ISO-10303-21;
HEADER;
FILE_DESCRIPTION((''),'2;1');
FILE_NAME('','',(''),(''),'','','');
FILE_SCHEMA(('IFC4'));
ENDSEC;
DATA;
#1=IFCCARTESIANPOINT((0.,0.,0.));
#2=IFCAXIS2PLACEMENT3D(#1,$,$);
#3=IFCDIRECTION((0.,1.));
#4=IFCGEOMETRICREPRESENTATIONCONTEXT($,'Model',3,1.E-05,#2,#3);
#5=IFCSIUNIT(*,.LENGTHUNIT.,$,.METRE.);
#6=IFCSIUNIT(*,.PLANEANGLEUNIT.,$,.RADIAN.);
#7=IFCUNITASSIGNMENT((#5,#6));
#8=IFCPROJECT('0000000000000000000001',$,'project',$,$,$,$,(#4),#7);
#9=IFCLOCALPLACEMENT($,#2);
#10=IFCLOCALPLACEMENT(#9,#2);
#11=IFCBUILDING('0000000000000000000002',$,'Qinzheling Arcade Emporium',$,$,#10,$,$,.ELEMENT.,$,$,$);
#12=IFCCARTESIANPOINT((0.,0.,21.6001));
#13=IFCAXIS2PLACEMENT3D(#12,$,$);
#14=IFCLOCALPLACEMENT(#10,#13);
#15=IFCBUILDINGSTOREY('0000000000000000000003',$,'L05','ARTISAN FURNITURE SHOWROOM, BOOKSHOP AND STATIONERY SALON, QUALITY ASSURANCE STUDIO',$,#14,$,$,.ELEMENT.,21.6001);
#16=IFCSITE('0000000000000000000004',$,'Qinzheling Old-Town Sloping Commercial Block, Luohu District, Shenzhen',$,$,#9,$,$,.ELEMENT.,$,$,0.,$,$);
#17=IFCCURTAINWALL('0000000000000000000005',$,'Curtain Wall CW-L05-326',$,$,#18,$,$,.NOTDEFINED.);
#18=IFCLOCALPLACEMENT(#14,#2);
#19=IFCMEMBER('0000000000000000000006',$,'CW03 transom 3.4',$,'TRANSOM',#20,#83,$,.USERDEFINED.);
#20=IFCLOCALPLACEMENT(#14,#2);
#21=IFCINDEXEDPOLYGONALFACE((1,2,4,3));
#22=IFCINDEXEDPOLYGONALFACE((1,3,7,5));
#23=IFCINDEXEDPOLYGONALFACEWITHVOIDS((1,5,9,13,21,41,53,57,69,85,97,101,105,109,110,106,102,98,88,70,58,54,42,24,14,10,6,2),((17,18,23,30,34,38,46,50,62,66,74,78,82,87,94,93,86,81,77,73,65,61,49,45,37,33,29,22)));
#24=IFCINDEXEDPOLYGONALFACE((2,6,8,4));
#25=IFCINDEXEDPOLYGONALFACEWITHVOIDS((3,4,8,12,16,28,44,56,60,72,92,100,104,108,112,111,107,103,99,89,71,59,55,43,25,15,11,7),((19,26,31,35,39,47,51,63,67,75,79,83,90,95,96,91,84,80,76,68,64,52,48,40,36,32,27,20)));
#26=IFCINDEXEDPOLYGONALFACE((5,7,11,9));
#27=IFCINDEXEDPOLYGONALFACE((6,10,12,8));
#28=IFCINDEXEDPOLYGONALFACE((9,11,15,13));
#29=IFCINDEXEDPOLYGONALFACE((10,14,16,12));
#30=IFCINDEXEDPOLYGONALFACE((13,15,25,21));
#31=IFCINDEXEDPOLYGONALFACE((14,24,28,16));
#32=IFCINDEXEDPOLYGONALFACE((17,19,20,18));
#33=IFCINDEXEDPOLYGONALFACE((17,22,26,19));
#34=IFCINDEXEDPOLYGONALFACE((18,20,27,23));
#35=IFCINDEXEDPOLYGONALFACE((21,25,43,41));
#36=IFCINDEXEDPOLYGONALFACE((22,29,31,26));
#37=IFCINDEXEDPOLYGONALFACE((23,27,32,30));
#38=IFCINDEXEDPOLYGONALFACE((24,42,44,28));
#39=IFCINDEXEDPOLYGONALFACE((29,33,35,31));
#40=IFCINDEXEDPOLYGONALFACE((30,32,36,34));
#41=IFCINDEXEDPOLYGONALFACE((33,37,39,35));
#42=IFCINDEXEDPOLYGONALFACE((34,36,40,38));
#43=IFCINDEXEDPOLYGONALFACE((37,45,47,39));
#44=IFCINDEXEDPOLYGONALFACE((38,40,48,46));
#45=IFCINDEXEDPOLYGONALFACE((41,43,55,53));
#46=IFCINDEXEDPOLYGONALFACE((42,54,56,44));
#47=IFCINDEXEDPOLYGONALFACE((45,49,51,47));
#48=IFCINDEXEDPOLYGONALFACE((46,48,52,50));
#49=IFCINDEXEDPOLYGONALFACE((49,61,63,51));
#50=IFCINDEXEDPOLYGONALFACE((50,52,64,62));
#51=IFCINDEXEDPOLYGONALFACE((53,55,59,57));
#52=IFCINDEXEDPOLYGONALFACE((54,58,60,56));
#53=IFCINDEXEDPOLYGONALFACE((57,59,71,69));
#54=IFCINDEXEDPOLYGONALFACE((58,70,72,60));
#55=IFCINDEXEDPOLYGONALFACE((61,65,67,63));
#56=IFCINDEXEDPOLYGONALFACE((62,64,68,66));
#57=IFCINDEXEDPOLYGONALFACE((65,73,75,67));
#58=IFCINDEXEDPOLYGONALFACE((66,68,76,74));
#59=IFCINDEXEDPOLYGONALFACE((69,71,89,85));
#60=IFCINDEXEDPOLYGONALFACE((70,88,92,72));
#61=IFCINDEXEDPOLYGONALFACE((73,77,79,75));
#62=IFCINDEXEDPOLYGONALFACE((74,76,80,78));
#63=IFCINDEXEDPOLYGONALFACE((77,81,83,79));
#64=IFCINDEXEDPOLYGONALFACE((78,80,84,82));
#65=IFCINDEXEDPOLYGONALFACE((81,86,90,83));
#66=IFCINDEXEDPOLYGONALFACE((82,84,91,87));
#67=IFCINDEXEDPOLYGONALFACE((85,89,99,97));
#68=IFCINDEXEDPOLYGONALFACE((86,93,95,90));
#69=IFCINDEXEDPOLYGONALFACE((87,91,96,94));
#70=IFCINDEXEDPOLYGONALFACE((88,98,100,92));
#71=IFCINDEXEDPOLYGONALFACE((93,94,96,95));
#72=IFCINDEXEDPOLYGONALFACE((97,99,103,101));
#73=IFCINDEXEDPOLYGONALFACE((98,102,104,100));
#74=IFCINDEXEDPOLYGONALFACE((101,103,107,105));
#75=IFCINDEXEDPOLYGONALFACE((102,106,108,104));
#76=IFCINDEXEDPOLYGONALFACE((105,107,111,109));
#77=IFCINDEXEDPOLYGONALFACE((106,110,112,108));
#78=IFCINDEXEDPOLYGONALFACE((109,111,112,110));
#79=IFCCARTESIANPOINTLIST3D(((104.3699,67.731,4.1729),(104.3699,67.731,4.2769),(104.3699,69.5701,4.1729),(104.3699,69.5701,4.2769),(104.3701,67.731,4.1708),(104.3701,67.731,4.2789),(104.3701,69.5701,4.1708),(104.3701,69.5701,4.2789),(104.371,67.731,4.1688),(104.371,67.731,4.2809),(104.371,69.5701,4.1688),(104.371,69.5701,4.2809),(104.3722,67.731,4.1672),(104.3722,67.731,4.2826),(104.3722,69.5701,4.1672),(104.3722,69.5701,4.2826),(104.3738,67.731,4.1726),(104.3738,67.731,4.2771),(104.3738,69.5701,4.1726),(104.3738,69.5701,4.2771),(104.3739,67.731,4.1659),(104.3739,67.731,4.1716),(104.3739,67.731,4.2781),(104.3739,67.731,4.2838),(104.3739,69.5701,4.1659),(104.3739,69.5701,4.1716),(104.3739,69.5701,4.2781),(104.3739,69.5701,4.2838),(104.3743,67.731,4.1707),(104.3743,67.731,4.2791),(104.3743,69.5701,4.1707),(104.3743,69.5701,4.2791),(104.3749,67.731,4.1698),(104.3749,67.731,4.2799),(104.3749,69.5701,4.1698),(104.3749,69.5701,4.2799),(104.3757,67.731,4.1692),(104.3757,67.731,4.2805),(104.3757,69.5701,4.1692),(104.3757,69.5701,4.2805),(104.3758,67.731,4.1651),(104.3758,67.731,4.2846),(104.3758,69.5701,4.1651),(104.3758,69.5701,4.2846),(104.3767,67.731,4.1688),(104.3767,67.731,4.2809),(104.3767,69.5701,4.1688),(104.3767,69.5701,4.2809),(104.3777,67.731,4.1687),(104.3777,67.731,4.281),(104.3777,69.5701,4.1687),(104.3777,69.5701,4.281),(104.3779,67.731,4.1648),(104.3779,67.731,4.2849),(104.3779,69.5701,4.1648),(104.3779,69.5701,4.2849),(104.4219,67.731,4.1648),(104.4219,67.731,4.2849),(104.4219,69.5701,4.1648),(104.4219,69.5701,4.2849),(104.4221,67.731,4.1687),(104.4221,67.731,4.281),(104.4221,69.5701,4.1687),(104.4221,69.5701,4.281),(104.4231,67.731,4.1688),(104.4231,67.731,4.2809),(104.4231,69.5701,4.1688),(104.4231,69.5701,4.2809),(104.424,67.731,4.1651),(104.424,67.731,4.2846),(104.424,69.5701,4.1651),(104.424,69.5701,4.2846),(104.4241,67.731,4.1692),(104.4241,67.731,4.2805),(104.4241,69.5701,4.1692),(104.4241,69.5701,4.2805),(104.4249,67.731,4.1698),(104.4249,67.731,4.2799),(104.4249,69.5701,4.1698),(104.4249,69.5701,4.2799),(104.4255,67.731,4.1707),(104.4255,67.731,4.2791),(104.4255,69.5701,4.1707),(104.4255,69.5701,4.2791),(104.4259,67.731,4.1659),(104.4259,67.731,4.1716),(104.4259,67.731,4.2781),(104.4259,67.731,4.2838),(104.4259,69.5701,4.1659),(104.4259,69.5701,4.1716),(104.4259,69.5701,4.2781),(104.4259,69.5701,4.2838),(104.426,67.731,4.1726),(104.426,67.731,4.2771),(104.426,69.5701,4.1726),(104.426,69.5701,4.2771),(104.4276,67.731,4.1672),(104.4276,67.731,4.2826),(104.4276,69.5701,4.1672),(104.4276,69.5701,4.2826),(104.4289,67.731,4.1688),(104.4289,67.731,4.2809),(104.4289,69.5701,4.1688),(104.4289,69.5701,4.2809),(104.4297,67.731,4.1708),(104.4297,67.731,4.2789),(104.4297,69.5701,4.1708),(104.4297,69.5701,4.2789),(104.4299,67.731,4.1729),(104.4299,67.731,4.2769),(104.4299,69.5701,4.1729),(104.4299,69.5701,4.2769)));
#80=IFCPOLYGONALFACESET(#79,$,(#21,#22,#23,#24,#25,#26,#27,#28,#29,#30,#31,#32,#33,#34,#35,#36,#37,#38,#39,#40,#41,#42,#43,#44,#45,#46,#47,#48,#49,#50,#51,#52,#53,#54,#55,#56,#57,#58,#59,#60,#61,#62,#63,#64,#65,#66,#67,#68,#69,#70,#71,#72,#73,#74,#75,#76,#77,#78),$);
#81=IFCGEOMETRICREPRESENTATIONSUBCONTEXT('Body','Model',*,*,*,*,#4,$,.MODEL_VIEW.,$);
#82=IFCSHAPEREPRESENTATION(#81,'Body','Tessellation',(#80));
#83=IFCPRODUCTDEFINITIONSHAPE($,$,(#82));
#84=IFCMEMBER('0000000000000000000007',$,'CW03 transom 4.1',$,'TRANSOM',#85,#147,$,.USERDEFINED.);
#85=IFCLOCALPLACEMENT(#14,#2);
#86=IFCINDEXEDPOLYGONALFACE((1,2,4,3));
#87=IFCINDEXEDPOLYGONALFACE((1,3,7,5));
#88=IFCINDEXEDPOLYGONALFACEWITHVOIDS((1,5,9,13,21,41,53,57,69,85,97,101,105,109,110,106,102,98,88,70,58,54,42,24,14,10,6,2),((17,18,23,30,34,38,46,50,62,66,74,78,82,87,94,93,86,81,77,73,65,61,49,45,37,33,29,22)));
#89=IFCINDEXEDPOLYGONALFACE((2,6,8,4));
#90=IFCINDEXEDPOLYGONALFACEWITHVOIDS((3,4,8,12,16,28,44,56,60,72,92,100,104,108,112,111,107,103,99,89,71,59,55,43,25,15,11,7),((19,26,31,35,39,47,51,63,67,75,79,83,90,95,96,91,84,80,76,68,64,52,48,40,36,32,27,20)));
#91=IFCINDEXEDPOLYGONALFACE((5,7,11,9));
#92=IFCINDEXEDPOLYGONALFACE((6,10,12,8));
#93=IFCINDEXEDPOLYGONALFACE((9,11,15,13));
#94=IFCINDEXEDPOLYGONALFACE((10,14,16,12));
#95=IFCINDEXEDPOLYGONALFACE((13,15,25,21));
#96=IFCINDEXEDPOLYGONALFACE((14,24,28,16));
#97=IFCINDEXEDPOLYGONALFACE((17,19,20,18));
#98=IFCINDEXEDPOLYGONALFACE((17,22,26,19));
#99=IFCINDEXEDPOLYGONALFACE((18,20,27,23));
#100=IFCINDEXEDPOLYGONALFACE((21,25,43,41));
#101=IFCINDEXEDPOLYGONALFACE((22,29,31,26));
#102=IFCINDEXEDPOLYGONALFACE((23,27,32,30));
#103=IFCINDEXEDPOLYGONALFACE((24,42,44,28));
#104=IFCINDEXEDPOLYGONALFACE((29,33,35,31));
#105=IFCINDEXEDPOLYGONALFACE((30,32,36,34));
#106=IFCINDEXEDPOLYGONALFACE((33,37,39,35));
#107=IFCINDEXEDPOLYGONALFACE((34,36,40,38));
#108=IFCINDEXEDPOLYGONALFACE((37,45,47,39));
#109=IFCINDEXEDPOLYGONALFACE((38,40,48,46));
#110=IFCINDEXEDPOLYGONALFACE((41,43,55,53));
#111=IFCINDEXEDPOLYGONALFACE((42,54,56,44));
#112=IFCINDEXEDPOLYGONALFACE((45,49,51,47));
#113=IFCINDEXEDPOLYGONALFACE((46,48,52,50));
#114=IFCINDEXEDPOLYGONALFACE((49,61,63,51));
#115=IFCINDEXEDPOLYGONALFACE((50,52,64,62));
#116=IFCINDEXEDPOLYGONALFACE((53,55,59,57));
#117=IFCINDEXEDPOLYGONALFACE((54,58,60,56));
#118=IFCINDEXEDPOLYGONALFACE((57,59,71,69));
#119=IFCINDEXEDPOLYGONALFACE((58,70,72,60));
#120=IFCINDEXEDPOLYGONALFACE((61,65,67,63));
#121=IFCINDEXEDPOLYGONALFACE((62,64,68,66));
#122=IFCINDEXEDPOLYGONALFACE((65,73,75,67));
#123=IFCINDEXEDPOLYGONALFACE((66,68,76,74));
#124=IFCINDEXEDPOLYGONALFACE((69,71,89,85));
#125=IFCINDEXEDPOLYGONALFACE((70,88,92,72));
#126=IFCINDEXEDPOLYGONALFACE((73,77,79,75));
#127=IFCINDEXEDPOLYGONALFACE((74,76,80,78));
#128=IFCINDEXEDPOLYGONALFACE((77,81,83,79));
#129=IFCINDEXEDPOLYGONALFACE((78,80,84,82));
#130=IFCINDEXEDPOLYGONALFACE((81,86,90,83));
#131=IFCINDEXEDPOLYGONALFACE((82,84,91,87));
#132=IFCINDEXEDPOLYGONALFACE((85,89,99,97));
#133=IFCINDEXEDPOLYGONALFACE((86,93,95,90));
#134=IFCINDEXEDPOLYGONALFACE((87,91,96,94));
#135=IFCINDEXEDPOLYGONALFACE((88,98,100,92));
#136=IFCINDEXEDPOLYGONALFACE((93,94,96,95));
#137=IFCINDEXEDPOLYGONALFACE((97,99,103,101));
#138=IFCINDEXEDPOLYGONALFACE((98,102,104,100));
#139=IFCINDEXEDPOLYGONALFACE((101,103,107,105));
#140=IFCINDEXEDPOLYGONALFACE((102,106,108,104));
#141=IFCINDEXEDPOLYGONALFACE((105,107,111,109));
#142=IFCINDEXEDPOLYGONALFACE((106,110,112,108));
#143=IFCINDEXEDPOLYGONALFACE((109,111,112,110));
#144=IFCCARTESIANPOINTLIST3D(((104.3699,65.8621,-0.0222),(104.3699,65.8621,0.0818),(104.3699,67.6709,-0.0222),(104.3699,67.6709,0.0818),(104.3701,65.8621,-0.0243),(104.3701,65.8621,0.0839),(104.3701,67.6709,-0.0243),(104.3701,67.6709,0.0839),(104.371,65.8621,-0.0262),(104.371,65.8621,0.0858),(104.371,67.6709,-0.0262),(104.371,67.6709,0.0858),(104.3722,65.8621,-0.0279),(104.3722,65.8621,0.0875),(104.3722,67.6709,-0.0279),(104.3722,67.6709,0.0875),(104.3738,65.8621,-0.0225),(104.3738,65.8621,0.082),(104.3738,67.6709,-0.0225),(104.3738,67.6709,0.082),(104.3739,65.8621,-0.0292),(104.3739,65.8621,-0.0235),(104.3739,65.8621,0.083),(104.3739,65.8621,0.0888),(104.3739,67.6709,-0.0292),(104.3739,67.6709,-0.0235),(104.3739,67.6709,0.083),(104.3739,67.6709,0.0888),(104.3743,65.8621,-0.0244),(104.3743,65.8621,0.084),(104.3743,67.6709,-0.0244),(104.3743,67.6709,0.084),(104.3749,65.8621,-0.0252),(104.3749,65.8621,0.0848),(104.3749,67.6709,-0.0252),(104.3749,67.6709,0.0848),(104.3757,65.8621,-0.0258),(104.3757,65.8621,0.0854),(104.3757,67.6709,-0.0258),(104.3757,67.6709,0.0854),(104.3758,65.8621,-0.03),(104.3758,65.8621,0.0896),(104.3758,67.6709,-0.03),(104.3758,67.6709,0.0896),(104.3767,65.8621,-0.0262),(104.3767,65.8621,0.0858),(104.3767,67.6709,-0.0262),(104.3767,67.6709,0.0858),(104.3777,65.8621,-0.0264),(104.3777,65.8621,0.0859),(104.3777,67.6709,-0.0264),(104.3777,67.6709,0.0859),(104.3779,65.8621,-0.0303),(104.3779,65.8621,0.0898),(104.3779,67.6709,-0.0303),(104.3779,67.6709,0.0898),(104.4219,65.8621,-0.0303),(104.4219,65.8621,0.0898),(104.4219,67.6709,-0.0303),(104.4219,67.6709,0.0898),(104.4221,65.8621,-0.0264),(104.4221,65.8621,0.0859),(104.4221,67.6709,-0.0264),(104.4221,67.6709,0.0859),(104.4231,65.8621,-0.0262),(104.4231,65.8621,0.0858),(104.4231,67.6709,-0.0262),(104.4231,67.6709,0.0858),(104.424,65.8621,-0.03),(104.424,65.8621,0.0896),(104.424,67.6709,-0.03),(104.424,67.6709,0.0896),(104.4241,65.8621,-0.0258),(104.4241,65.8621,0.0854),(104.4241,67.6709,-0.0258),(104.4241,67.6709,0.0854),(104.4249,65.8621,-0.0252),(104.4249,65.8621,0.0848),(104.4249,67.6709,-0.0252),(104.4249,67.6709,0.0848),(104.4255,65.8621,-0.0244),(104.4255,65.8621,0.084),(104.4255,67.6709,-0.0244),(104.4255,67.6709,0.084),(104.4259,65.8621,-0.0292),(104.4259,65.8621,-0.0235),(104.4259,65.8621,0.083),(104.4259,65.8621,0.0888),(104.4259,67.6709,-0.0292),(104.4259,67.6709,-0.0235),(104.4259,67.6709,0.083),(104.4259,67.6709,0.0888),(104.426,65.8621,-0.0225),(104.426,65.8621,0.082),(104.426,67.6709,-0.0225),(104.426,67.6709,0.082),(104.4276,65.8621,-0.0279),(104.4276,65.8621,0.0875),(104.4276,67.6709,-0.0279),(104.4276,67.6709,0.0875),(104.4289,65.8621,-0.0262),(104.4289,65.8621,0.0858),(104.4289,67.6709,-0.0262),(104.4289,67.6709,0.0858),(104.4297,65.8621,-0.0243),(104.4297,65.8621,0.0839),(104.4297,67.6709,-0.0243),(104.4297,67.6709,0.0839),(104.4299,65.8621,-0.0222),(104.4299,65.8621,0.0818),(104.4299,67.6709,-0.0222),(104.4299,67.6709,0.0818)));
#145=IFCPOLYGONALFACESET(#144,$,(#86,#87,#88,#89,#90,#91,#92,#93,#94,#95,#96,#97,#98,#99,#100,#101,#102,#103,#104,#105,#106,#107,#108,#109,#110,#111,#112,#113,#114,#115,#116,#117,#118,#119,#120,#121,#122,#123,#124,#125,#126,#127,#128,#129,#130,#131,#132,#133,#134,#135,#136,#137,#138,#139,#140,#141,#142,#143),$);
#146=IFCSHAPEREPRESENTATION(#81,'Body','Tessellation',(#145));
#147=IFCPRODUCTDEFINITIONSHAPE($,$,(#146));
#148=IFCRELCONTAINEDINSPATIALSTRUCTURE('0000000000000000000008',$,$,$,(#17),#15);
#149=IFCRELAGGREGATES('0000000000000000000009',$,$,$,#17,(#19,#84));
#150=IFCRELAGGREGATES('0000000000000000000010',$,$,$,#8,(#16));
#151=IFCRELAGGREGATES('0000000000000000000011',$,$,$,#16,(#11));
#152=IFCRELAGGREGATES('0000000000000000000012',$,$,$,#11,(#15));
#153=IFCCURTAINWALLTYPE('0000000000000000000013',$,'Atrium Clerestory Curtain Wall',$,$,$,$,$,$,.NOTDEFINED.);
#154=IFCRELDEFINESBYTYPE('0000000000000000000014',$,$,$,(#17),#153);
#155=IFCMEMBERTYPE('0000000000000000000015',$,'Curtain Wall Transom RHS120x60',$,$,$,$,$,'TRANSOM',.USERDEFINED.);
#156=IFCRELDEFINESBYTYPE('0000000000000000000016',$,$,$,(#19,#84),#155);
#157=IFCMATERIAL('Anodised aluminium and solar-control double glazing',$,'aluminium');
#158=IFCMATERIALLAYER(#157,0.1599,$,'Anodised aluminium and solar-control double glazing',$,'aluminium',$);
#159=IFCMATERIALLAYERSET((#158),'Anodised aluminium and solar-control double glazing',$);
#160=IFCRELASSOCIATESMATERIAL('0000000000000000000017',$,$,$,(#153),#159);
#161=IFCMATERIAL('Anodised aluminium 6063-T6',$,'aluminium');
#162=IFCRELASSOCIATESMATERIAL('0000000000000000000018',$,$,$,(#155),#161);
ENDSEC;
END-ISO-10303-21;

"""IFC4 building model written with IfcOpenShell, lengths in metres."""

from ifc_helpers import new_model, si_unit, direction, frame, origin, origin_2d, place, context, subcontext, project, spatial, hollow_rectangle, extrude, material, layer, layer_set, material_profile, profile_set, type_object, element, aggregate, save


model = new_model("IFC4")

# Units and contexts
model_context = context("Model", 3, precision=1e-05, world=origin(), true_north=direction((0.0, 1.0)))
body_context = subcontext(model_context, "Body", "Model", "MODEL_VIEW")
ifc_project = project(units=[si_unit("LENGTHUNIT", "METRE"), si_unit("PLANEANGLEUNIT", "RADIAN")], contexts=[model_context])

# Site, building, storey
site_placement = place(None, origin())
site = spatial("IfcSite", under=ifc_project, at=site_placement, Name="Qinzheling Old-Town Sloping Commercial Block, Luohu District, Shenzhen", CompositionType="ELEMENT", RefElevation=0.0)
building_placement = place(site_placement, origin())
building = spatial("IfcBuilding", under=site, at=building_placement, Name="Qinzheling Arcade Emporium", CompositionType="ELEMENT")
storey_placement = place(building_placement, frame((0.0, 0.0, 21.6001)))
storey = spatial("IfcBuildingStorey", under=building, at=storey_placement, Name="L05", Description="ARTISAN FURNITURE SHOWROOM, BOOKSHOP AND STATIONERY SALON, QUALITY ASSURANCE STUDIO", CompositionType="ELEMENT", Elevation=21.6001)

# Curtain wall, members
ifc_material_1 = material(Name="Anodised aluminium and solar-control double glazing", Category="aluminium")
ifc_layer_1 = layer(ifc_material_1, 0.1599, Name="Anodised aluminium and solar-control double glazing", Category="aluminium")
ifc_layer_set_1 = layer_set([ifc_layer_1], Name="Anodised aluminium and solar-control double glazing")
curtain_wall_type = type_object("IfcCurtainWallType", Name="Atrium Clerestory Curtain Wall", PredefinedType="NOTDEFINED", material=ifc_layer_set_1)
curtain_wall_placement = place(storey_placement, origin())
curtain_wall = element("IfcCurtainWall", 1, at=curtain_wall_placement, inside=storey, type_object=curtain_wall_type, Name="Curtain Wall CW-L05-326", PredefinedType="NOTDEFINED")
ifc_material_2 = material(Name="Anodised aluminium 6063-T6", Category="aluminium")
ifc_material_profile_1 = material_profile(ifc_material_2, hollow_rectangle(XDim=0.0601, YDim=0.1201, WallThickness=0.0039, InnerFilletRadius=0.0039, OuterFilletRadius=0.0081, at=origin_2d()), Name="RHS 120x60x4", Category="aluminium")
ifc_profile_set_1 = profile_set([ifc_material_profile_1], Name="Anodised aluminium 6063-T6")
member_type_1 = type_object("IfcMemberType", Name="Curtain Wall Transom RHS120x60", ElementType="TRANSOM", PredefinedType="USERDEFINED", material=ifc_profile_set_1)
member_1_placement = place(storey_placement, frame((104.3999, 69.5701, 4.2249), z_axis=(0.0, -1.0, 0.0), x_axis=(1.0, 0.0, 0.0)))
member_1 = element("IfcMember", 2, at=member_1_placement, type_object=member_type_1, Name="CW03 transom 3.4", ObjectType="TRANSOM", PredefinedType="USERDEFINED", context=body_context, shape_type="SweptSolid", body=[
    extrude(hollow_rectangle(XDim=0.0601, YDim=0.1201, WallThickness=0.0039, InnerFilletRadius=0.0039, OuterFilletRadius=0.0081, at=origin_2d()), origin(), (0.0, 0.0, 1.0), 1.8391),
])
member_2_placement = place(storey_placement, frame((104.3999, 67.6709, 0.0298), z_axis=(0.0, -1.0, 0.0), x_axis=(1.0, 0.0, 0.0)))
member_2 = element("IfcMember", 3, at=member_2_placement, type_object=member_type_1, Name="CW03 transom 4.1", ObjectType="TRANSOM", PredefinedType="USERDEFINED", context=body_context, shape_type="SweptSolid", body=[
    extrude(hollow_rectangle(XDim=0.0601, YDim=0.1201, WallThickness=0.0039, InnerFilletRadius=0.0039, OuterFilletRadius=0.0081, at=origin_2d()), origin(), (0.0, 0.0, 1.0), 1.8088),
])
aggregate(curtain_wall, [member_1, member_2])

save(model, "model.ifc")
